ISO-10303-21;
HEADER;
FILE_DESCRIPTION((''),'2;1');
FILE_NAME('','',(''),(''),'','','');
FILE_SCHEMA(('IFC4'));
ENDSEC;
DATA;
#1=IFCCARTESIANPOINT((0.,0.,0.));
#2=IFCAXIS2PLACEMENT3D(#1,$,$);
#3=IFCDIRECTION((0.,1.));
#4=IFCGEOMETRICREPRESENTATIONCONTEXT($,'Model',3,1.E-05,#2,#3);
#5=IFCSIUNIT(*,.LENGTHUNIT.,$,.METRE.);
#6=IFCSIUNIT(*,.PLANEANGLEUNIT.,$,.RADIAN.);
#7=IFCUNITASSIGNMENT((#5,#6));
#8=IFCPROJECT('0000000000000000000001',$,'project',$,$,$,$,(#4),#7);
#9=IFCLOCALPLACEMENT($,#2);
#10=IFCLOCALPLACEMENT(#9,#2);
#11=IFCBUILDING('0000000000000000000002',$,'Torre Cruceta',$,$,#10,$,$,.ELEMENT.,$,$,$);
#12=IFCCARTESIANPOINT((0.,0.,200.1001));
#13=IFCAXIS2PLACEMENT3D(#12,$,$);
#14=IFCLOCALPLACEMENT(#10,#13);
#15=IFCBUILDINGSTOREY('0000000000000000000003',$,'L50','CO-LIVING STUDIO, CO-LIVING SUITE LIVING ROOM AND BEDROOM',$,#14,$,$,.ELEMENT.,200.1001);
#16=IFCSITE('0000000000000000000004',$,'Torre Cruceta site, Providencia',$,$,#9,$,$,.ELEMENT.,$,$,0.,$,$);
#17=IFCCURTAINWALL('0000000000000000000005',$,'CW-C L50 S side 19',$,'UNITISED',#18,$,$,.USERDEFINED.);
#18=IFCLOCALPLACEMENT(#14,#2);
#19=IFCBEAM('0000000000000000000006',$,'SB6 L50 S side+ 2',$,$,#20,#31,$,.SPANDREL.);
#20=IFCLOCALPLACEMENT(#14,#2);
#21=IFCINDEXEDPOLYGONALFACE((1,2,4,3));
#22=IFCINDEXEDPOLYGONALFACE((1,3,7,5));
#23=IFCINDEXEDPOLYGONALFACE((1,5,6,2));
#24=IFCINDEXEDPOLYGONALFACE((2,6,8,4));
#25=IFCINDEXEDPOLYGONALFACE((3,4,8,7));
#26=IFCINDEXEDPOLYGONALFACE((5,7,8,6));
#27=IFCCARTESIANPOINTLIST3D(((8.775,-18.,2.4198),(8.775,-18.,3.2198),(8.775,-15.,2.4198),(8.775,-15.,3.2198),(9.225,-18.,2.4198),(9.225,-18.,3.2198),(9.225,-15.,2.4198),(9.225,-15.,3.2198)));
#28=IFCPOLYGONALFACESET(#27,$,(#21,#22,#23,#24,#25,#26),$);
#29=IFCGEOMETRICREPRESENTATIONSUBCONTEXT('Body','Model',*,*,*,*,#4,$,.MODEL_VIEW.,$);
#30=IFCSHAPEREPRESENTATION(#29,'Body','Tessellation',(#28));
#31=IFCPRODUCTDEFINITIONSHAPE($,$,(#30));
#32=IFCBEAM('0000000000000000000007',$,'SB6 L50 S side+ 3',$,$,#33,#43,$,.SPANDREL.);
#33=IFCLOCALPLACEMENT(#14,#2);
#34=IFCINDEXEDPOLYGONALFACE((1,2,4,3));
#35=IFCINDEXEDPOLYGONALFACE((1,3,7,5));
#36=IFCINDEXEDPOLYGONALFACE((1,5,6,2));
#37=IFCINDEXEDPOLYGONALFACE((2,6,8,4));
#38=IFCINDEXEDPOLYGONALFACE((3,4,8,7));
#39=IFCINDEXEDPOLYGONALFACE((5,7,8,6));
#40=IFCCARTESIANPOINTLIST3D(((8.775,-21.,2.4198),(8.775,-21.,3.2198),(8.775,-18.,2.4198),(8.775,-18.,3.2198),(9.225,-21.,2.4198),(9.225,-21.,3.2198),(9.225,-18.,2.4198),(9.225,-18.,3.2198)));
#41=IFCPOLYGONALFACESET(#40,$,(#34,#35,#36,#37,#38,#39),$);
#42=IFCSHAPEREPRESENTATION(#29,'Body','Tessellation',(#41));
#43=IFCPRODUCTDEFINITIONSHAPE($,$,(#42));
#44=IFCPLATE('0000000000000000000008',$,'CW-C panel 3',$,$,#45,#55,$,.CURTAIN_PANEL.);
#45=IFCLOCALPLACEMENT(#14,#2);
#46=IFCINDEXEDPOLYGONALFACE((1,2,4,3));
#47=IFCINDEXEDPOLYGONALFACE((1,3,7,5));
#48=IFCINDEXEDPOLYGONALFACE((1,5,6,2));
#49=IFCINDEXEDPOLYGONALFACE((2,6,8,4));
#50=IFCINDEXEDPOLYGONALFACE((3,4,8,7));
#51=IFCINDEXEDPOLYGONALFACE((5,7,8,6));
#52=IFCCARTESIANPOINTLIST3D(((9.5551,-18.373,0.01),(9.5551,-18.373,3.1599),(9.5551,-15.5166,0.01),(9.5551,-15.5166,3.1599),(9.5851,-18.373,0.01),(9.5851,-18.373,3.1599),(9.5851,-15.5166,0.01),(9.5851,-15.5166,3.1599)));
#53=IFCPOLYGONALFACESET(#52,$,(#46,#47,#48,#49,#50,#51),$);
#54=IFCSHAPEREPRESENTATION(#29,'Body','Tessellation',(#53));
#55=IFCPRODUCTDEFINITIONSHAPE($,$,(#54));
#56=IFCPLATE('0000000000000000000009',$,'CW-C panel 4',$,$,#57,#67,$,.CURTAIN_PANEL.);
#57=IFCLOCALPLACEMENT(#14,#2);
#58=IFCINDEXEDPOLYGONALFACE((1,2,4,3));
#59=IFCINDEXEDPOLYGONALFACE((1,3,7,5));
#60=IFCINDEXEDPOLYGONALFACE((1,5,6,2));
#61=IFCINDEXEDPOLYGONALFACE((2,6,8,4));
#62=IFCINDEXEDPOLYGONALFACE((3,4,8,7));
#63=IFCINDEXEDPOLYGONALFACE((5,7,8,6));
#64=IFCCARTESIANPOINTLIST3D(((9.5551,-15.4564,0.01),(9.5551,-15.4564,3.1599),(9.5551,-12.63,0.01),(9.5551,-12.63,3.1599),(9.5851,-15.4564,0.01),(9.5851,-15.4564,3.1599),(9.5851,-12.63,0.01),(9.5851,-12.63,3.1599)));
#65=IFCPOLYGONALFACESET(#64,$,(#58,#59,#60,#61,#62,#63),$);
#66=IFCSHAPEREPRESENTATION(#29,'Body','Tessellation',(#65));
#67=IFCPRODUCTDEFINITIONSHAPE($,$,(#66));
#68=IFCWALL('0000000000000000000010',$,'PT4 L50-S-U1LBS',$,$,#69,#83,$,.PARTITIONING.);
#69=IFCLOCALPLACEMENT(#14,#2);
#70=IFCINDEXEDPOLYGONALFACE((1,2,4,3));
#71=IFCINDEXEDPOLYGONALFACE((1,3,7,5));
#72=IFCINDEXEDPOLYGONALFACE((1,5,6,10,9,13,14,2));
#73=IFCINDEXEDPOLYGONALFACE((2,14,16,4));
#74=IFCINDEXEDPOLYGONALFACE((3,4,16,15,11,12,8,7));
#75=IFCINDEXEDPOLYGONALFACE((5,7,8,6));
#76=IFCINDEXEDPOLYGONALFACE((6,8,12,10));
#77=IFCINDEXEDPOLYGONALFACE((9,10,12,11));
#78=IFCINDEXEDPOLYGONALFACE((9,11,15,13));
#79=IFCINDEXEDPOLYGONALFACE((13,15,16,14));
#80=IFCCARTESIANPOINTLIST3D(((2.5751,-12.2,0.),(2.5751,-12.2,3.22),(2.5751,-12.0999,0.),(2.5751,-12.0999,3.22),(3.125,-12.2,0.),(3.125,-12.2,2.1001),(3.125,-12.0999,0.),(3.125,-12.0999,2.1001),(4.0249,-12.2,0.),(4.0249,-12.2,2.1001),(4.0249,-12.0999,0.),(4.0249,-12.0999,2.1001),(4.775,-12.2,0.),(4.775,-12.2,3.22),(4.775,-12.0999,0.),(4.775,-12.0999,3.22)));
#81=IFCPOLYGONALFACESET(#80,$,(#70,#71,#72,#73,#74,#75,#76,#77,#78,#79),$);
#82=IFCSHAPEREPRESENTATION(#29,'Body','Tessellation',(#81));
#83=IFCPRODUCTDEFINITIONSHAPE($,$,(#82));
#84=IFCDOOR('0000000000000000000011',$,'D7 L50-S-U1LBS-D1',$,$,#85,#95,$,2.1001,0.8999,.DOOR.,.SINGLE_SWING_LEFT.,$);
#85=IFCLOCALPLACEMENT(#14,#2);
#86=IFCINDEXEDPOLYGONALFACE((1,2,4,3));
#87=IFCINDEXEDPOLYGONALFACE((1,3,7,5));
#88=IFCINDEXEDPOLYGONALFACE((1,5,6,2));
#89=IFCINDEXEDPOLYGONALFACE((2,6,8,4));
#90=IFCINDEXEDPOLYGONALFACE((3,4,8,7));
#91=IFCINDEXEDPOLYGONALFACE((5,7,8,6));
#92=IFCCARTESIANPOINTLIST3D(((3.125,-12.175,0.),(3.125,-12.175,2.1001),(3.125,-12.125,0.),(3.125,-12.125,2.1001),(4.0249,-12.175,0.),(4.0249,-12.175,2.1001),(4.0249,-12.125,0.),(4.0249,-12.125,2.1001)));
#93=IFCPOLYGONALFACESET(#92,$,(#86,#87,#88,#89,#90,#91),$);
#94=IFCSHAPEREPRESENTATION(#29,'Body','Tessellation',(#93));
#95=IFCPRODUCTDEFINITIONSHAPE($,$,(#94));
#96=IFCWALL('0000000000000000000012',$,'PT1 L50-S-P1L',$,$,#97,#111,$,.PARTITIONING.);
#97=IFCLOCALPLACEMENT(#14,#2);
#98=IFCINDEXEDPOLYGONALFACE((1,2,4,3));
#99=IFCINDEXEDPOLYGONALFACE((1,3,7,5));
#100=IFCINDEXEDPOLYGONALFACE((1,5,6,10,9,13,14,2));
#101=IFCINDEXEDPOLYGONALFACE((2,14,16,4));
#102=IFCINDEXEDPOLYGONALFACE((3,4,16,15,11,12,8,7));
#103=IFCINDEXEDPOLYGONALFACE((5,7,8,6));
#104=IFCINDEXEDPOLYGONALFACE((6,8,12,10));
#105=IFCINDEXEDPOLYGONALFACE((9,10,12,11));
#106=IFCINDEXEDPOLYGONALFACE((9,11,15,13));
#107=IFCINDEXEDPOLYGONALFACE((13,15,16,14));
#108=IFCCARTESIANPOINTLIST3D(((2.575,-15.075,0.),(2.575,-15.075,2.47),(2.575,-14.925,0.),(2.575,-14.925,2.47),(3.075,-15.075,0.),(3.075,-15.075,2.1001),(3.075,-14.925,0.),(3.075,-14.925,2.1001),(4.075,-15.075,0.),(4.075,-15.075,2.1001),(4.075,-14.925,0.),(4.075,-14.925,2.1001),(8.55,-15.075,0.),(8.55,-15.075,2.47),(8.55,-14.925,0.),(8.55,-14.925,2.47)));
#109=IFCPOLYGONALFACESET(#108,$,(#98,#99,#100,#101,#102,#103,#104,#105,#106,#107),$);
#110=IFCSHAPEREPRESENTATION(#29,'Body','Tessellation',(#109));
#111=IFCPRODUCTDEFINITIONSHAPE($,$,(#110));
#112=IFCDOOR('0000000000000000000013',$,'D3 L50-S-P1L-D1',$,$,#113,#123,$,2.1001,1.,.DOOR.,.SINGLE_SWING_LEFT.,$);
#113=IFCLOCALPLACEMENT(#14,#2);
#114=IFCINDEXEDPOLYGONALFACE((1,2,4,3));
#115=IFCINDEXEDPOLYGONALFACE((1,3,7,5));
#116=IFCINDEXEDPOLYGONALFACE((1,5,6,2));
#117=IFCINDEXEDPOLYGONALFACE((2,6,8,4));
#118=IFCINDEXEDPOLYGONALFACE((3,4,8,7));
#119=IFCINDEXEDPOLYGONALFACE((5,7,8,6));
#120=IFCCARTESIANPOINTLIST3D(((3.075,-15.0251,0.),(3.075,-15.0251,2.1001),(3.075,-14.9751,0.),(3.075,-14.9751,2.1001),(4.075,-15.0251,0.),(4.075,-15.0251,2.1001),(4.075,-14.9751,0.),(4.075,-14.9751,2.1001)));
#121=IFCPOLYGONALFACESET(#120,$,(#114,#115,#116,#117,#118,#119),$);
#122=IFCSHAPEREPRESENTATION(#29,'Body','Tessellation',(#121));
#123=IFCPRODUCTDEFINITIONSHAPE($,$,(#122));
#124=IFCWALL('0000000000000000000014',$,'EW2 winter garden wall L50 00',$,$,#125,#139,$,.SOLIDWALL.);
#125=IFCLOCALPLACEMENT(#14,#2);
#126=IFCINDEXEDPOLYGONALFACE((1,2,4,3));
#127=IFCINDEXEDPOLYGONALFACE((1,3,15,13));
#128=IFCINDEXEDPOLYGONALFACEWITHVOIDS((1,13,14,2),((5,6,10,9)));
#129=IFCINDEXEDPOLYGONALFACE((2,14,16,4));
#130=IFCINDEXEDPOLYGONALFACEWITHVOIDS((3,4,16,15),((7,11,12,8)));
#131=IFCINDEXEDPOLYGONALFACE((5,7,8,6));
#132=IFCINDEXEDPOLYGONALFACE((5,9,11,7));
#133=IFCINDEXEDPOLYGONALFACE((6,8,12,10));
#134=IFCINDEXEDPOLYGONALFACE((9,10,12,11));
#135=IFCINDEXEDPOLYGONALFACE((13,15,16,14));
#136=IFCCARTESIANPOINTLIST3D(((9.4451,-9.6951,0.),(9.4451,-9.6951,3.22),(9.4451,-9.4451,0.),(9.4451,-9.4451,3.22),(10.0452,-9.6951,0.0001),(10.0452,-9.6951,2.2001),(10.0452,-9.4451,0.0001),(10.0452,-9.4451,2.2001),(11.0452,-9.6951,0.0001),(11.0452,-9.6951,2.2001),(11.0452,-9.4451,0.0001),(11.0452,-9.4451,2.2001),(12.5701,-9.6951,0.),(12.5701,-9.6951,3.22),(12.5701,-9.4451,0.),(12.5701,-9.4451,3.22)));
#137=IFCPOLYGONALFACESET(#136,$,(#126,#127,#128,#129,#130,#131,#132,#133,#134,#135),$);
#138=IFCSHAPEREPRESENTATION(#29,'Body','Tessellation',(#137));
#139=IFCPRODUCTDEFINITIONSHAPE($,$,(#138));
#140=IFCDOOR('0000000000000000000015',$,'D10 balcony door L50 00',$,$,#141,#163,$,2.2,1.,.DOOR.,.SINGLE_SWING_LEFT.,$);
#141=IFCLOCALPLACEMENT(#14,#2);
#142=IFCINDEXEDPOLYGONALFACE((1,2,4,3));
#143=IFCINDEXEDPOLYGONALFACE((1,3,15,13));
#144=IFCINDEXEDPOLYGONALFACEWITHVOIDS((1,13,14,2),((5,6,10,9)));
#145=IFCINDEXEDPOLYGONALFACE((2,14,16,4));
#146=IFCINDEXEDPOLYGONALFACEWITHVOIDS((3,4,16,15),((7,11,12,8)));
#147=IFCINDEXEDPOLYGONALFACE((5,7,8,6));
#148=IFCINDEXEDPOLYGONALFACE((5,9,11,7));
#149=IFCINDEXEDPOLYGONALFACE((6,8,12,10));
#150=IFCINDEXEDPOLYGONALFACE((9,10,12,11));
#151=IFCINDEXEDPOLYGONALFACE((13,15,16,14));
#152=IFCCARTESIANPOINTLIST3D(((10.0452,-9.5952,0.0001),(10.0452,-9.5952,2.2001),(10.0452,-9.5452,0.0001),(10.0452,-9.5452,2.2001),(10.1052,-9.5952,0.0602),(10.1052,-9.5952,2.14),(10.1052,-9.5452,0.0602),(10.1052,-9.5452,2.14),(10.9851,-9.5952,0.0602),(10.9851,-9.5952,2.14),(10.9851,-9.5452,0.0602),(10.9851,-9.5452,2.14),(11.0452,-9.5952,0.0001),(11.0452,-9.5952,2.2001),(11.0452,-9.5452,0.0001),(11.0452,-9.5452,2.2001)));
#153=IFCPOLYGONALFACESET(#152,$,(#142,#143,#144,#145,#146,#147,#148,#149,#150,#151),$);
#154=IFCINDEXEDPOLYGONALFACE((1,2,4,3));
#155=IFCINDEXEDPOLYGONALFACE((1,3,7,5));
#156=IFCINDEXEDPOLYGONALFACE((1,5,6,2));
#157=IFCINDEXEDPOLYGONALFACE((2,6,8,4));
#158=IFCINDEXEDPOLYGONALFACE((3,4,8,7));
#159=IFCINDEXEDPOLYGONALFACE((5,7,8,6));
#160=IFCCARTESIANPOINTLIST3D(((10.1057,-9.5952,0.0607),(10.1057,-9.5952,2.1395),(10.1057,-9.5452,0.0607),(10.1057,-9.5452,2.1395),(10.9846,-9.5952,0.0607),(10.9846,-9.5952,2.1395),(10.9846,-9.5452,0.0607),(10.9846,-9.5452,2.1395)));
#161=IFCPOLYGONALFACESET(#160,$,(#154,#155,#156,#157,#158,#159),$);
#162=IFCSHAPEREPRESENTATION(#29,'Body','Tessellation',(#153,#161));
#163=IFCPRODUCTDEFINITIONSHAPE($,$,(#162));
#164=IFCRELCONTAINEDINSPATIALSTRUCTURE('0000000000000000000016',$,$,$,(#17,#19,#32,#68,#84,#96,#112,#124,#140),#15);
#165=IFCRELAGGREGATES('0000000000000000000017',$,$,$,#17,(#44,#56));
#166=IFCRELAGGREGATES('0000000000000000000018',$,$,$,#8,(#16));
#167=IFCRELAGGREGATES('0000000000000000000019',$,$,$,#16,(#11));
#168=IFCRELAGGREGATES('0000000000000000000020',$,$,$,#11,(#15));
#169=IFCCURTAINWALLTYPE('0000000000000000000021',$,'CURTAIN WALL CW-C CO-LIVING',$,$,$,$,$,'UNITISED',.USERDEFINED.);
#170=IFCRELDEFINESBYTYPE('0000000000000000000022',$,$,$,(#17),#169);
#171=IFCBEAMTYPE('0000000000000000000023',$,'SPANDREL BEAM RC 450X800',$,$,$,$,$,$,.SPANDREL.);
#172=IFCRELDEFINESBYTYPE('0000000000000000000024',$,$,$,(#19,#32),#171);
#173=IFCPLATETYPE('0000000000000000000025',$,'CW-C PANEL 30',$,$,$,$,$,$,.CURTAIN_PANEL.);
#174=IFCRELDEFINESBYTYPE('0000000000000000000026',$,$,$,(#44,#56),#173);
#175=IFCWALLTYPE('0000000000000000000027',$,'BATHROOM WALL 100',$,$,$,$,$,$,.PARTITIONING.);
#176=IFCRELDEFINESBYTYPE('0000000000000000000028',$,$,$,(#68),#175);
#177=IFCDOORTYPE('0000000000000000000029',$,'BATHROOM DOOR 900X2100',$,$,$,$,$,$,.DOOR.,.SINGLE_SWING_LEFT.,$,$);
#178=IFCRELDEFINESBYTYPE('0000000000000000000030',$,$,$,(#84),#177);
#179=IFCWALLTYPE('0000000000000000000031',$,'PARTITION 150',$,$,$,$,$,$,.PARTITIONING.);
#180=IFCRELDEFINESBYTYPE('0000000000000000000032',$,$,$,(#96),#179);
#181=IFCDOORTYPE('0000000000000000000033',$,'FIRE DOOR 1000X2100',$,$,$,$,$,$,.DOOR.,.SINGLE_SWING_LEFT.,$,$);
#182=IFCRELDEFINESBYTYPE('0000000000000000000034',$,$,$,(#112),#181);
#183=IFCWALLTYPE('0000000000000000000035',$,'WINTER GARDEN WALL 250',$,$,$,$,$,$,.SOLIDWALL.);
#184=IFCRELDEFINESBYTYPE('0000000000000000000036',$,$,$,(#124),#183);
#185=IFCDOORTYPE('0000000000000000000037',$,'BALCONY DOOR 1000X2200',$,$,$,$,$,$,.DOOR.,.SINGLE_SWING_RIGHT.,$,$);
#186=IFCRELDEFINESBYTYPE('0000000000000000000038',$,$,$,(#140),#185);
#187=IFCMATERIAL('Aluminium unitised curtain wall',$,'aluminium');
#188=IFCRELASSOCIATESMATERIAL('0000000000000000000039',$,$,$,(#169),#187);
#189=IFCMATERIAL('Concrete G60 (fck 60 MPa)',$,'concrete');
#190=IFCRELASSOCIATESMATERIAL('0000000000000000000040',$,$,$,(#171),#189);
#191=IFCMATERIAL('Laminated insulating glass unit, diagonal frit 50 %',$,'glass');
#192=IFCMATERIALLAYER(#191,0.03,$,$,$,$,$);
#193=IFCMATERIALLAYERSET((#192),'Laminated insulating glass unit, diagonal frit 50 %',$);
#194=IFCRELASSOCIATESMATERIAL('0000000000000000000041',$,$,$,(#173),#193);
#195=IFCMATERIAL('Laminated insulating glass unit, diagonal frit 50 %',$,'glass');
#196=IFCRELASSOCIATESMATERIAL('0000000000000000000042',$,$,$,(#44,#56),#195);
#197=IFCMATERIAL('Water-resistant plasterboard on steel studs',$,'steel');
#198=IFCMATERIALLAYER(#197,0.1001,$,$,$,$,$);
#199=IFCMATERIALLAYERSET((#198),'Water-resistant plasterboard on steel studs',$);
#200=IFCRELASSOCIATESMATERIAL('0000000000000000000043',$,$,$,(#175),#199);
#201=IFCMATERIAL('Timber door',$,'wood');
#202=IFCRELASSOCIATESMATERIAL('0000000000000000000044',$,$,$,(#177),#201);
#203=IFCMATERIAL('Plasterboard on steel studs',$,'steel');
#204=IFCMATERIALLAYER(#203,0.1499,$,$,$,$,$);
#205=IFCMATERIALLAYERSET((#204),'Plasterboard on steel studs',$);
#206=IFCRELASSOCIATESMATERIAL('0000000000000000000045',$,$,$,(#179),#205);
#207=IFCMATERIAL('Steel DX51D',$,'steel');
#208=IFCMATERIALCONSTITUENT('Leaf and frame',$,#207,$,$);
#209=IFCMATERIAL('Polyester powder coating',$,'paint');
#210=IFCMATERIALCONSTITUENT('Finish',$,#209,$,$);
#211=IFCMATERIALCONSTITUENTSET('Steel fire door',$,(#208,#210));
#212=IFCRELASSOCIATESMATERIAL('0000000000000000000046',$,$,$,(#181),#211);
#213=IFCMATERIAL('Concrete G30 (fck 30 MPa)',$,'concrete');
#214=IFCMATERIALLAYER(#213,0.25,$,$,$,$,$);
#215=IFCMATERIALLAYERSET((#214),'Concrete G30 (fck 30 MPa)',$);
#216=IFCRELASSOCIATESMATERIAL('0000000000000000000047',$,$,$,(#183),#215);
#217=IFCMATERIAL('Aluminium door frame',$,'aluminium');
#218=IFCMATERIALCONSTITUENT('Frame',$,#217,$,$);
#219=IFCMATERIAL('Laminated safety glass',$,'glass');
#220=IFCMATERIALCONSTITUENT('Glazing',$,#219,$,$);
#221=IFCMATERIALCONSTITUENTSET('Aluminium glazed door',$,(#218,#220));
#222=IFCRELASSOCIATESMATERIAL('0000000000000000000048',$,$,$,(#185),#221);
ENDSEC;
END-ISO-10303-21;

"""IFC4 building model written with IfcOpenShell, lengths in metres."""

from ifc_helpers import new_model, si_unit, direction, frame, frame_2d, origin, origin_2d, place, context, subcontext, project, spatial, rectangle, hollow_rectangle, extrude, material, layer, layer_set, constituent, constituent_set, material_profile, profile_set, type_object, element, fill, aggregate, save


model = new_model("IFC4")

# Units and contexts
model_context = context("Model", 3, precision=1e-05, world=origin(), true_north=direction((0.0, 1.0)))
body_context = subcontext(model_context, "Body", "Model", "MODEL_VIEW")
ifc_project = project(units=[si_unit("LENGTHUNIT", "METRE"), si_unit("PLANEANGLEUNIT", "RADIAN")], contexts=[model_context])

# Site, building, storey
site_placement = place(None, origin())
site = spatial("IfcSite", under=ifc_project, at=site_placement, Name="Torre Cruceta site, Providencia", CompositionType="ELEMENT", RefElevation=0.0)
building_placement = place(site_placement, origin())
building = spatial("IfcBuilding", under=site, at=building_placement, Name="Torre Cruceta", CompositionType="ELEMENT")
storey_placement = place(building_placement, frame((0.0, 0.0, 200.1001)))
storey = spatial("IfcBuildingStorey", under=building, at=storey_placement, Name="L50", Description="CO-LIVING STUDIO, CO-LIVING SUITE LIVING ROOM AND BEDROOM", CompositionType="ELEMENT", Elevation=200.1001)

# Curtain wall
ifc_material_1 = material(Name="Aluminium unitised curtain wall", Category="aluminium")
curtain_wall_type = type_object("IfcCurtainWallType", Name="CURTAIN WALL CW-C CO-LIVING", ElementType="UNITISED", PredefinedType="USERDEFINED", material=ifc_material_1)
curtain_wall_placement = place(storey_placement, origin())
curtain_wall = element("IfcCurtainWall", 1, at=curtain_wall_placement, inside=storey, type_object=curtain_wall_type, Name="CW-C L50 S side 19", ObjectType="UNITISED", PredefinedType="USERDEFINED")

# Beams
ifc_material_2 = material(Name="Concrete G60 (fck 60 MPa)", Category="concrete")
ifc_material_profile_1 = material_profile(ifc_material_2, rectangle(XDim=0.45, YDim=0.8, at=origin_2d()), Name="RC 450X800")
ifc_profile_set_1 = profile_set([ifc_material_profile_1], Name="Concrete G60 (fck 60 MPa)")
beam_type_1 = type_object("IfcBeamType", Name="SPANDREL BEAM RC 450X800", PredefinedType="SPANDREL", material=ifc_profile_set_1)
for number, where, z_axis, x_axis, name in (
    (2, (9.0, -15.0, 2.8198), (0.0, -1.0, 0.0), (1.0, 0.0, 0.0), "SB6 L50 S side+ 2"),
    (3, (9.0, -18.0, 2.8198), (0.0, -1.0, 0.0), (1.0, 0.0, 0.0), "SB6 L50 S side+ 3"),
):
    element("IfcBeam", number, at=place(storey_placement, frame(where, z_axis=z_axis, x_axis=x_axis)), inside=storey, type_object=beam_type_1, Name=name, PredefinedType="SPANDREL", context=body_context, shape_type="SweptSolid", body=[
        extrude(rectangle(XDim=0.45, YDim=0.8, at=origin_2d()), origin(), (0.0, 0.0, 1.0), 3.0),
    ])

# Plates
ifc_material_3 = material(Name="Laminated insulating glass unit, diagonal frit 50 %", Category="glass")
ifc_material_4 = material(Name="Laminated insulating glass unit, diagonal frit 50 %", Category="glass")
ifc_layer_1 = layer(ifc_material_4, 0.03)
ifc_layer_set_1 = layer_set([ifc_layer_1], Name="Laminated insulating glass unit, diagonal frit 50 %")
plate_type = type_object("IfcPlateType", Name="CW-C PANEL 30", PredefinedType="CURTAIN_PANEL", material=ifc_layer_set_1)
plate_1_placement = place(storey_placement, frame((9.5701, -16.9448, 0.01), z_axis=(0.0, 0.0, 1.0), x_axis=(0.0, 1.0, 0.0)))
plate_1 = element("IfcPlate", 4, at=plate_1_placement, type_object=plate_type, material=ifc_material_3, Name="CW-C panel 3", PredefinedType="CURTAIN_PANEL", context=body_context, shape_type="SweptSolid", body=[
    extrude(rectangle(XDim=2.8564, YDim=0.03, at=origin_2d()), origin(), (0.0, 0.0, 1.0), 3.1499),
])
plate_2_placement = place(storey_placement, frame((9.5701, -14.0432, 0.01), z_axis=(0.0, 0.0, 1.0), x_axis=(0.0, 1.0, 0.0)))
plate_2 = element("IfcPlate", 5, at=plate_2_placement, type_object=plate_type, material=ifc_material_3, Name="CW-C panel 4", PredefinedType="CURTAIN_PANEL", context=body_context, shape_type="SweptSolid", body=[
    extrude(rectangle(XDim=2.8264, YDim=0.03, at=origin_2d()), origin(), (0.0, 0.0, 1.0), 3.1499),
])
aggregate(curtain_wall, [plate_1, plate_2])

# Walls, openings, doors
ifc_material_5 = material(Name="Water-resistant plasterboard on steel studs", Category="steel")
ifc_layer_2 = layer(ifc_material_5, 0.1001)
ifc_layer_set_2 = layer_set([ifc_layer_2], Name="Water-resistant plasterboard on steel studs")
wall_type_1 = type_object("IfcWallType", Name="BATHROOM WALL 100", PredefinedType="PARTITIONING", material=ifc_layer_set_2)
wall_1_placement = place(storey_placement, frame((2.575, -12.1499, 0.0), z_axis=(0.0, 0.0, 1.0), x_axis=(1.0, 0.0, 0.0)))
wall_1 = element("IfcWall", 6, at=wall_1_placement, inside=storey, type_object=wall_type_1, Name="PT4 L50-S-U1LBS", PredefinedType="PARTITIONING", context=body_context, shape_type="SweptSolid", body=[
    extrude(rectangle(XDim=2.2, YDim=0.1001, at=frame_2d((1.1001, 0.0))), origin(), (0.0, 0.0, 1.0), 3.22),
])
opening_1_placement = place(wall_1_placement, frame((0.55, 0.0, 0.0)))
opening_1 = element("IfcOpeningElement", 7, at=opening_1_placement, cuts=wall_1, PredefinedType="OPENING", context=body_context, shape_type="SweptSolid", body=[
    extrude(rectangle(XDim=0.8999, YDim=2.1001, at=frame_2d((0.45, 1.05))), frame((0.0, 0.0601, 0.0), z_axis=(0.0, -1.0, 0.0), x_axis=(1.0, 0.0, 0.0)), (0.0, 0.0, 1.0), 0.1201),
])
ifc_material_6 = material(Name="Timber door", Category="wood")
door_type_1 = type_object("IfcDoorType", Name="BATHROOM DOOR 900X2100", OperationType="SINGLE_SWING_LEFT", PredefinedType="DOOR", material=ifc_material_6)
door_1_placement = place(opening_1_placement, origin())
door_1 = element("IfcDoor", 8, at=door_1_placement, inside=storey, type_object=door_type_1, Name="D7 L50-S-U1LBS-D1", OperationType="SINGLE_SWING_LEFT", OverallHeight=2.1001, OverallWidth=0.8999, PredefinedType="DOOR", context=body_context, shape_type="SweptSolid", body=[
    extrude(rectangle(XDim=0.8999, YDim=2.1001, at=frame_2d((0.45, 1.05))), frame((0.0, 0.0249, 0.0), z_axis=(0.0, -1.0, 0.0), x_axis=(1.0, 0.0, 0.0)), (0.0, 0.0, 1.0), 0.05),
])
fill(opening_1, door_1)
ifc_material_7 = material(Name="Plasterboard on steel studs", Category="steel")
ifc_layer_3 = layer(ifc_material_7, 0.1499)
ifc_layer_set_3 = layer_set([ifc_layer_3], Name="Plasterboard on steel studs")
wall_type_2 = type_object("IfcWallType", Name="PARTITION 150", PredefinedType="PARTITIONING", material=ifc_layer_set_3)
wall_2_placement = place(storey_placement, frame((2.575, -15.0, 0.0), z_axis=(0.0, 0.0, 1.0), x_axis=(1.0, 0.0, 0.0)))
wall_2 = element("IfcWall", 9, at=wall_2_placement, inside=storey, type_object=wall_type_2, Name="PT1 L50-S-P1L", PredefinedType="PARTITIONING", context=body_context, shape_type="SweptSolid", body=[
    extrude(rectangle(XDim=5.9751, YDim=0.1499, at=frame_2d((2.9875, 0.0))), origin(), (0.0, 0.0, 1.0), 2.47),
])
opening_2_placement = place(wall_2_placement, frame((0.5, 0.0, 0.0)))
opening_2 = element("IfcOpeningElement", 10, at=opening_2_placement, cuts=wall_2, PredefinedType="OPENING", context=body_context, shape_type="SweptSolid", body=[
    extrude(rectangle(XDim=1.0, YDim=2.1001, at=frame_2d((0.5, 1.05))), frame((0.0, 0.085, 0.0), z_axis=(0.0, -1.0, 0.0), x_axis=(1.0, 0.0, 0.0)), (0.0, 0.0, 1.0), 0.1699),
])
ifc_material_8 = material(Name="Steel DX51D", Category="steel")
ifc_constituent_1 = constituent(ifc_material_8, Name="Leaf and frame")
ifc_material_9 = material(Name="Polyester powder coating", Category="paint")
ifc_constituent_2 = constituent(ifc_material_9, Name="Finish")
ifc_constituent_set_1 = constituent_set(constituents=[ifc_constituent_1, ifc_constituent_2], Name="Steel fire door")
door_type_2 = type_object("IfcDoorType", Name="FIRE DOOR 1000X2100", OperationType="SINGLE_SWING_LEFT", PredefinedType="DOOR", material=ifc_constituent_set_1)
door_2_placement = place(opening_2_placement, origin())
door_2 = element("IfcDoor", 11, at=door_2_placement, inside=storey, type_object=door_type_2, Name="D3 L50-S-P1L-D1", OperationType="SINGLE_SWING_LEFT", OverallHeight=2.1001, OverallWidth=1.0, PredefinedType="DOOR", context=body_context, shape_type="SweptSolid", body=[
    extrude(rectangle(XDim=1.0, YDim=2.1001, at=frame_2d((0.5, 1.05))), frame((0.0, 0.0249, 0.0), z_axis=(0.0, -1.0, 0.0), x_axis=(1.0, 0.0, 0.0)), (0.0, 0.0, 1.0), 0.05),
])
fill(opening_2, door_2)
ifc_material_10 = material(Name="Concrete G30 (fck 30 MPa)", Category="concrete")
ifc_layer_4 = layer(ifc_material_10, 0.25)
ifc_layer_set_4 = layer_set([ifc_layer_4], Name="Concrete G30 (fck 30 MPa)")
wall_type_3 = type_object("IfcWallType", Name="WINTER GARDEN WALL 250", PredefinedType="SOLIDWALL", material=ifc_layer_set_4)
wall_3_placement = place(storey_placement, frame((9.4451, -9.5701, 0.0), z_axis=(0.0, 0.0, 1.0), x_axis=(1.0, 0.0, 0.0)))
wall_3 = element("IfcWall", 12, at=wall_3_placement, inside=storey, type_object=wall_type_3, Name="EW2 winter garden wall L50 00", PredefinedType="SOLIDWALL", context=body_context, shape_type="SweptSolid", body=[
    extrude(rectangle(XDim=3.125, YDim=0.25, at=frame_2d((1.5625, 0.0))), origin(), (0.0, 0.0, 1.0), 3.22),
])
opening_3_placement = place(wall_3_placement, frame((0.6001, 0.0, 0.0)))
opening_3 = element("IfcOpeningElement", 13, at=opening_3_placement, cuts=wall_3, PredefinedType="OPENING", context=body_context, shape_type="SweptSolid", body=[
    extrude(rectangle(XDim=1.0, YDim=2.2, at=frame_2d((0.5, 1.1001))), frame((0.0, 0.135, 0.0), z_axis=(0.0, -1.0, 0.0), x_axis=(1.0, 0.0, 0.0)), (0.0, 0.0, 1.0), 0.27),
])
ifc_material_11 = material(Name="Aluminium door frame", Category="aluminium")
ifc_constituent_3 = constituent(ifc_material_11, Name="Frame")
ifc_material_12 = material(Name="Laminated safety glass", Category="glass")
ifc_constituent_4 = constituent(ifc_material_12, Name="Glazing")
ifc_constituent_set_2 = constituent_set(constituents=[ifc_constituent_3, ifc_constituent_4], Name="Aluminium glazed door")
door_type_3 = type_object("IfcDoorType", Name="BALCONY DOOR 1000X2200", OperationType="SINGLE_SWING_RIGHT", PredefinedType="DOOR", material=ifc_constituent_set_2)
door_3_placement = place(opening_3_placement, origin())
door_3 = element("IfcDoor", 14, at=door_3_placement, inside=storey, type_object=door_type_3, Name="D10 balcony door L50 00", OperationType="SINGLE_SWING_LEFT", OverallHeight=2.2, OverallWidth=1.0, PredefinedType="DOOR", context=body_context, shape_type="SweptSolid", body=[
    extrude(hollow_rectangle(XDim=1.0, YDim=2.2, WallThickness=0.0601, at=frame_2d((0.5, 1.1001))), frame((0.0, 0.0249, 0.0), z_axis=(0.0, -1.0, 0.0), x_axis=(1.0, 0.0, 0.0)), (0.0, 0.0, 1.0), 0.05),
    extrude(rectangle(XDim=0.8789, YDim=2.0789, at=frame_2d((0.5, 1.1001))), frame((0.0, 0.0249, 0.0), z_axis=(0.0, -1.0, 0.0), x_axis=(1.0, 0.0, 0.0)), (0.0, 0.0, 1.0), 0.05),
])
fill(opening_3, door_3)

save(model, "model.ifc")
